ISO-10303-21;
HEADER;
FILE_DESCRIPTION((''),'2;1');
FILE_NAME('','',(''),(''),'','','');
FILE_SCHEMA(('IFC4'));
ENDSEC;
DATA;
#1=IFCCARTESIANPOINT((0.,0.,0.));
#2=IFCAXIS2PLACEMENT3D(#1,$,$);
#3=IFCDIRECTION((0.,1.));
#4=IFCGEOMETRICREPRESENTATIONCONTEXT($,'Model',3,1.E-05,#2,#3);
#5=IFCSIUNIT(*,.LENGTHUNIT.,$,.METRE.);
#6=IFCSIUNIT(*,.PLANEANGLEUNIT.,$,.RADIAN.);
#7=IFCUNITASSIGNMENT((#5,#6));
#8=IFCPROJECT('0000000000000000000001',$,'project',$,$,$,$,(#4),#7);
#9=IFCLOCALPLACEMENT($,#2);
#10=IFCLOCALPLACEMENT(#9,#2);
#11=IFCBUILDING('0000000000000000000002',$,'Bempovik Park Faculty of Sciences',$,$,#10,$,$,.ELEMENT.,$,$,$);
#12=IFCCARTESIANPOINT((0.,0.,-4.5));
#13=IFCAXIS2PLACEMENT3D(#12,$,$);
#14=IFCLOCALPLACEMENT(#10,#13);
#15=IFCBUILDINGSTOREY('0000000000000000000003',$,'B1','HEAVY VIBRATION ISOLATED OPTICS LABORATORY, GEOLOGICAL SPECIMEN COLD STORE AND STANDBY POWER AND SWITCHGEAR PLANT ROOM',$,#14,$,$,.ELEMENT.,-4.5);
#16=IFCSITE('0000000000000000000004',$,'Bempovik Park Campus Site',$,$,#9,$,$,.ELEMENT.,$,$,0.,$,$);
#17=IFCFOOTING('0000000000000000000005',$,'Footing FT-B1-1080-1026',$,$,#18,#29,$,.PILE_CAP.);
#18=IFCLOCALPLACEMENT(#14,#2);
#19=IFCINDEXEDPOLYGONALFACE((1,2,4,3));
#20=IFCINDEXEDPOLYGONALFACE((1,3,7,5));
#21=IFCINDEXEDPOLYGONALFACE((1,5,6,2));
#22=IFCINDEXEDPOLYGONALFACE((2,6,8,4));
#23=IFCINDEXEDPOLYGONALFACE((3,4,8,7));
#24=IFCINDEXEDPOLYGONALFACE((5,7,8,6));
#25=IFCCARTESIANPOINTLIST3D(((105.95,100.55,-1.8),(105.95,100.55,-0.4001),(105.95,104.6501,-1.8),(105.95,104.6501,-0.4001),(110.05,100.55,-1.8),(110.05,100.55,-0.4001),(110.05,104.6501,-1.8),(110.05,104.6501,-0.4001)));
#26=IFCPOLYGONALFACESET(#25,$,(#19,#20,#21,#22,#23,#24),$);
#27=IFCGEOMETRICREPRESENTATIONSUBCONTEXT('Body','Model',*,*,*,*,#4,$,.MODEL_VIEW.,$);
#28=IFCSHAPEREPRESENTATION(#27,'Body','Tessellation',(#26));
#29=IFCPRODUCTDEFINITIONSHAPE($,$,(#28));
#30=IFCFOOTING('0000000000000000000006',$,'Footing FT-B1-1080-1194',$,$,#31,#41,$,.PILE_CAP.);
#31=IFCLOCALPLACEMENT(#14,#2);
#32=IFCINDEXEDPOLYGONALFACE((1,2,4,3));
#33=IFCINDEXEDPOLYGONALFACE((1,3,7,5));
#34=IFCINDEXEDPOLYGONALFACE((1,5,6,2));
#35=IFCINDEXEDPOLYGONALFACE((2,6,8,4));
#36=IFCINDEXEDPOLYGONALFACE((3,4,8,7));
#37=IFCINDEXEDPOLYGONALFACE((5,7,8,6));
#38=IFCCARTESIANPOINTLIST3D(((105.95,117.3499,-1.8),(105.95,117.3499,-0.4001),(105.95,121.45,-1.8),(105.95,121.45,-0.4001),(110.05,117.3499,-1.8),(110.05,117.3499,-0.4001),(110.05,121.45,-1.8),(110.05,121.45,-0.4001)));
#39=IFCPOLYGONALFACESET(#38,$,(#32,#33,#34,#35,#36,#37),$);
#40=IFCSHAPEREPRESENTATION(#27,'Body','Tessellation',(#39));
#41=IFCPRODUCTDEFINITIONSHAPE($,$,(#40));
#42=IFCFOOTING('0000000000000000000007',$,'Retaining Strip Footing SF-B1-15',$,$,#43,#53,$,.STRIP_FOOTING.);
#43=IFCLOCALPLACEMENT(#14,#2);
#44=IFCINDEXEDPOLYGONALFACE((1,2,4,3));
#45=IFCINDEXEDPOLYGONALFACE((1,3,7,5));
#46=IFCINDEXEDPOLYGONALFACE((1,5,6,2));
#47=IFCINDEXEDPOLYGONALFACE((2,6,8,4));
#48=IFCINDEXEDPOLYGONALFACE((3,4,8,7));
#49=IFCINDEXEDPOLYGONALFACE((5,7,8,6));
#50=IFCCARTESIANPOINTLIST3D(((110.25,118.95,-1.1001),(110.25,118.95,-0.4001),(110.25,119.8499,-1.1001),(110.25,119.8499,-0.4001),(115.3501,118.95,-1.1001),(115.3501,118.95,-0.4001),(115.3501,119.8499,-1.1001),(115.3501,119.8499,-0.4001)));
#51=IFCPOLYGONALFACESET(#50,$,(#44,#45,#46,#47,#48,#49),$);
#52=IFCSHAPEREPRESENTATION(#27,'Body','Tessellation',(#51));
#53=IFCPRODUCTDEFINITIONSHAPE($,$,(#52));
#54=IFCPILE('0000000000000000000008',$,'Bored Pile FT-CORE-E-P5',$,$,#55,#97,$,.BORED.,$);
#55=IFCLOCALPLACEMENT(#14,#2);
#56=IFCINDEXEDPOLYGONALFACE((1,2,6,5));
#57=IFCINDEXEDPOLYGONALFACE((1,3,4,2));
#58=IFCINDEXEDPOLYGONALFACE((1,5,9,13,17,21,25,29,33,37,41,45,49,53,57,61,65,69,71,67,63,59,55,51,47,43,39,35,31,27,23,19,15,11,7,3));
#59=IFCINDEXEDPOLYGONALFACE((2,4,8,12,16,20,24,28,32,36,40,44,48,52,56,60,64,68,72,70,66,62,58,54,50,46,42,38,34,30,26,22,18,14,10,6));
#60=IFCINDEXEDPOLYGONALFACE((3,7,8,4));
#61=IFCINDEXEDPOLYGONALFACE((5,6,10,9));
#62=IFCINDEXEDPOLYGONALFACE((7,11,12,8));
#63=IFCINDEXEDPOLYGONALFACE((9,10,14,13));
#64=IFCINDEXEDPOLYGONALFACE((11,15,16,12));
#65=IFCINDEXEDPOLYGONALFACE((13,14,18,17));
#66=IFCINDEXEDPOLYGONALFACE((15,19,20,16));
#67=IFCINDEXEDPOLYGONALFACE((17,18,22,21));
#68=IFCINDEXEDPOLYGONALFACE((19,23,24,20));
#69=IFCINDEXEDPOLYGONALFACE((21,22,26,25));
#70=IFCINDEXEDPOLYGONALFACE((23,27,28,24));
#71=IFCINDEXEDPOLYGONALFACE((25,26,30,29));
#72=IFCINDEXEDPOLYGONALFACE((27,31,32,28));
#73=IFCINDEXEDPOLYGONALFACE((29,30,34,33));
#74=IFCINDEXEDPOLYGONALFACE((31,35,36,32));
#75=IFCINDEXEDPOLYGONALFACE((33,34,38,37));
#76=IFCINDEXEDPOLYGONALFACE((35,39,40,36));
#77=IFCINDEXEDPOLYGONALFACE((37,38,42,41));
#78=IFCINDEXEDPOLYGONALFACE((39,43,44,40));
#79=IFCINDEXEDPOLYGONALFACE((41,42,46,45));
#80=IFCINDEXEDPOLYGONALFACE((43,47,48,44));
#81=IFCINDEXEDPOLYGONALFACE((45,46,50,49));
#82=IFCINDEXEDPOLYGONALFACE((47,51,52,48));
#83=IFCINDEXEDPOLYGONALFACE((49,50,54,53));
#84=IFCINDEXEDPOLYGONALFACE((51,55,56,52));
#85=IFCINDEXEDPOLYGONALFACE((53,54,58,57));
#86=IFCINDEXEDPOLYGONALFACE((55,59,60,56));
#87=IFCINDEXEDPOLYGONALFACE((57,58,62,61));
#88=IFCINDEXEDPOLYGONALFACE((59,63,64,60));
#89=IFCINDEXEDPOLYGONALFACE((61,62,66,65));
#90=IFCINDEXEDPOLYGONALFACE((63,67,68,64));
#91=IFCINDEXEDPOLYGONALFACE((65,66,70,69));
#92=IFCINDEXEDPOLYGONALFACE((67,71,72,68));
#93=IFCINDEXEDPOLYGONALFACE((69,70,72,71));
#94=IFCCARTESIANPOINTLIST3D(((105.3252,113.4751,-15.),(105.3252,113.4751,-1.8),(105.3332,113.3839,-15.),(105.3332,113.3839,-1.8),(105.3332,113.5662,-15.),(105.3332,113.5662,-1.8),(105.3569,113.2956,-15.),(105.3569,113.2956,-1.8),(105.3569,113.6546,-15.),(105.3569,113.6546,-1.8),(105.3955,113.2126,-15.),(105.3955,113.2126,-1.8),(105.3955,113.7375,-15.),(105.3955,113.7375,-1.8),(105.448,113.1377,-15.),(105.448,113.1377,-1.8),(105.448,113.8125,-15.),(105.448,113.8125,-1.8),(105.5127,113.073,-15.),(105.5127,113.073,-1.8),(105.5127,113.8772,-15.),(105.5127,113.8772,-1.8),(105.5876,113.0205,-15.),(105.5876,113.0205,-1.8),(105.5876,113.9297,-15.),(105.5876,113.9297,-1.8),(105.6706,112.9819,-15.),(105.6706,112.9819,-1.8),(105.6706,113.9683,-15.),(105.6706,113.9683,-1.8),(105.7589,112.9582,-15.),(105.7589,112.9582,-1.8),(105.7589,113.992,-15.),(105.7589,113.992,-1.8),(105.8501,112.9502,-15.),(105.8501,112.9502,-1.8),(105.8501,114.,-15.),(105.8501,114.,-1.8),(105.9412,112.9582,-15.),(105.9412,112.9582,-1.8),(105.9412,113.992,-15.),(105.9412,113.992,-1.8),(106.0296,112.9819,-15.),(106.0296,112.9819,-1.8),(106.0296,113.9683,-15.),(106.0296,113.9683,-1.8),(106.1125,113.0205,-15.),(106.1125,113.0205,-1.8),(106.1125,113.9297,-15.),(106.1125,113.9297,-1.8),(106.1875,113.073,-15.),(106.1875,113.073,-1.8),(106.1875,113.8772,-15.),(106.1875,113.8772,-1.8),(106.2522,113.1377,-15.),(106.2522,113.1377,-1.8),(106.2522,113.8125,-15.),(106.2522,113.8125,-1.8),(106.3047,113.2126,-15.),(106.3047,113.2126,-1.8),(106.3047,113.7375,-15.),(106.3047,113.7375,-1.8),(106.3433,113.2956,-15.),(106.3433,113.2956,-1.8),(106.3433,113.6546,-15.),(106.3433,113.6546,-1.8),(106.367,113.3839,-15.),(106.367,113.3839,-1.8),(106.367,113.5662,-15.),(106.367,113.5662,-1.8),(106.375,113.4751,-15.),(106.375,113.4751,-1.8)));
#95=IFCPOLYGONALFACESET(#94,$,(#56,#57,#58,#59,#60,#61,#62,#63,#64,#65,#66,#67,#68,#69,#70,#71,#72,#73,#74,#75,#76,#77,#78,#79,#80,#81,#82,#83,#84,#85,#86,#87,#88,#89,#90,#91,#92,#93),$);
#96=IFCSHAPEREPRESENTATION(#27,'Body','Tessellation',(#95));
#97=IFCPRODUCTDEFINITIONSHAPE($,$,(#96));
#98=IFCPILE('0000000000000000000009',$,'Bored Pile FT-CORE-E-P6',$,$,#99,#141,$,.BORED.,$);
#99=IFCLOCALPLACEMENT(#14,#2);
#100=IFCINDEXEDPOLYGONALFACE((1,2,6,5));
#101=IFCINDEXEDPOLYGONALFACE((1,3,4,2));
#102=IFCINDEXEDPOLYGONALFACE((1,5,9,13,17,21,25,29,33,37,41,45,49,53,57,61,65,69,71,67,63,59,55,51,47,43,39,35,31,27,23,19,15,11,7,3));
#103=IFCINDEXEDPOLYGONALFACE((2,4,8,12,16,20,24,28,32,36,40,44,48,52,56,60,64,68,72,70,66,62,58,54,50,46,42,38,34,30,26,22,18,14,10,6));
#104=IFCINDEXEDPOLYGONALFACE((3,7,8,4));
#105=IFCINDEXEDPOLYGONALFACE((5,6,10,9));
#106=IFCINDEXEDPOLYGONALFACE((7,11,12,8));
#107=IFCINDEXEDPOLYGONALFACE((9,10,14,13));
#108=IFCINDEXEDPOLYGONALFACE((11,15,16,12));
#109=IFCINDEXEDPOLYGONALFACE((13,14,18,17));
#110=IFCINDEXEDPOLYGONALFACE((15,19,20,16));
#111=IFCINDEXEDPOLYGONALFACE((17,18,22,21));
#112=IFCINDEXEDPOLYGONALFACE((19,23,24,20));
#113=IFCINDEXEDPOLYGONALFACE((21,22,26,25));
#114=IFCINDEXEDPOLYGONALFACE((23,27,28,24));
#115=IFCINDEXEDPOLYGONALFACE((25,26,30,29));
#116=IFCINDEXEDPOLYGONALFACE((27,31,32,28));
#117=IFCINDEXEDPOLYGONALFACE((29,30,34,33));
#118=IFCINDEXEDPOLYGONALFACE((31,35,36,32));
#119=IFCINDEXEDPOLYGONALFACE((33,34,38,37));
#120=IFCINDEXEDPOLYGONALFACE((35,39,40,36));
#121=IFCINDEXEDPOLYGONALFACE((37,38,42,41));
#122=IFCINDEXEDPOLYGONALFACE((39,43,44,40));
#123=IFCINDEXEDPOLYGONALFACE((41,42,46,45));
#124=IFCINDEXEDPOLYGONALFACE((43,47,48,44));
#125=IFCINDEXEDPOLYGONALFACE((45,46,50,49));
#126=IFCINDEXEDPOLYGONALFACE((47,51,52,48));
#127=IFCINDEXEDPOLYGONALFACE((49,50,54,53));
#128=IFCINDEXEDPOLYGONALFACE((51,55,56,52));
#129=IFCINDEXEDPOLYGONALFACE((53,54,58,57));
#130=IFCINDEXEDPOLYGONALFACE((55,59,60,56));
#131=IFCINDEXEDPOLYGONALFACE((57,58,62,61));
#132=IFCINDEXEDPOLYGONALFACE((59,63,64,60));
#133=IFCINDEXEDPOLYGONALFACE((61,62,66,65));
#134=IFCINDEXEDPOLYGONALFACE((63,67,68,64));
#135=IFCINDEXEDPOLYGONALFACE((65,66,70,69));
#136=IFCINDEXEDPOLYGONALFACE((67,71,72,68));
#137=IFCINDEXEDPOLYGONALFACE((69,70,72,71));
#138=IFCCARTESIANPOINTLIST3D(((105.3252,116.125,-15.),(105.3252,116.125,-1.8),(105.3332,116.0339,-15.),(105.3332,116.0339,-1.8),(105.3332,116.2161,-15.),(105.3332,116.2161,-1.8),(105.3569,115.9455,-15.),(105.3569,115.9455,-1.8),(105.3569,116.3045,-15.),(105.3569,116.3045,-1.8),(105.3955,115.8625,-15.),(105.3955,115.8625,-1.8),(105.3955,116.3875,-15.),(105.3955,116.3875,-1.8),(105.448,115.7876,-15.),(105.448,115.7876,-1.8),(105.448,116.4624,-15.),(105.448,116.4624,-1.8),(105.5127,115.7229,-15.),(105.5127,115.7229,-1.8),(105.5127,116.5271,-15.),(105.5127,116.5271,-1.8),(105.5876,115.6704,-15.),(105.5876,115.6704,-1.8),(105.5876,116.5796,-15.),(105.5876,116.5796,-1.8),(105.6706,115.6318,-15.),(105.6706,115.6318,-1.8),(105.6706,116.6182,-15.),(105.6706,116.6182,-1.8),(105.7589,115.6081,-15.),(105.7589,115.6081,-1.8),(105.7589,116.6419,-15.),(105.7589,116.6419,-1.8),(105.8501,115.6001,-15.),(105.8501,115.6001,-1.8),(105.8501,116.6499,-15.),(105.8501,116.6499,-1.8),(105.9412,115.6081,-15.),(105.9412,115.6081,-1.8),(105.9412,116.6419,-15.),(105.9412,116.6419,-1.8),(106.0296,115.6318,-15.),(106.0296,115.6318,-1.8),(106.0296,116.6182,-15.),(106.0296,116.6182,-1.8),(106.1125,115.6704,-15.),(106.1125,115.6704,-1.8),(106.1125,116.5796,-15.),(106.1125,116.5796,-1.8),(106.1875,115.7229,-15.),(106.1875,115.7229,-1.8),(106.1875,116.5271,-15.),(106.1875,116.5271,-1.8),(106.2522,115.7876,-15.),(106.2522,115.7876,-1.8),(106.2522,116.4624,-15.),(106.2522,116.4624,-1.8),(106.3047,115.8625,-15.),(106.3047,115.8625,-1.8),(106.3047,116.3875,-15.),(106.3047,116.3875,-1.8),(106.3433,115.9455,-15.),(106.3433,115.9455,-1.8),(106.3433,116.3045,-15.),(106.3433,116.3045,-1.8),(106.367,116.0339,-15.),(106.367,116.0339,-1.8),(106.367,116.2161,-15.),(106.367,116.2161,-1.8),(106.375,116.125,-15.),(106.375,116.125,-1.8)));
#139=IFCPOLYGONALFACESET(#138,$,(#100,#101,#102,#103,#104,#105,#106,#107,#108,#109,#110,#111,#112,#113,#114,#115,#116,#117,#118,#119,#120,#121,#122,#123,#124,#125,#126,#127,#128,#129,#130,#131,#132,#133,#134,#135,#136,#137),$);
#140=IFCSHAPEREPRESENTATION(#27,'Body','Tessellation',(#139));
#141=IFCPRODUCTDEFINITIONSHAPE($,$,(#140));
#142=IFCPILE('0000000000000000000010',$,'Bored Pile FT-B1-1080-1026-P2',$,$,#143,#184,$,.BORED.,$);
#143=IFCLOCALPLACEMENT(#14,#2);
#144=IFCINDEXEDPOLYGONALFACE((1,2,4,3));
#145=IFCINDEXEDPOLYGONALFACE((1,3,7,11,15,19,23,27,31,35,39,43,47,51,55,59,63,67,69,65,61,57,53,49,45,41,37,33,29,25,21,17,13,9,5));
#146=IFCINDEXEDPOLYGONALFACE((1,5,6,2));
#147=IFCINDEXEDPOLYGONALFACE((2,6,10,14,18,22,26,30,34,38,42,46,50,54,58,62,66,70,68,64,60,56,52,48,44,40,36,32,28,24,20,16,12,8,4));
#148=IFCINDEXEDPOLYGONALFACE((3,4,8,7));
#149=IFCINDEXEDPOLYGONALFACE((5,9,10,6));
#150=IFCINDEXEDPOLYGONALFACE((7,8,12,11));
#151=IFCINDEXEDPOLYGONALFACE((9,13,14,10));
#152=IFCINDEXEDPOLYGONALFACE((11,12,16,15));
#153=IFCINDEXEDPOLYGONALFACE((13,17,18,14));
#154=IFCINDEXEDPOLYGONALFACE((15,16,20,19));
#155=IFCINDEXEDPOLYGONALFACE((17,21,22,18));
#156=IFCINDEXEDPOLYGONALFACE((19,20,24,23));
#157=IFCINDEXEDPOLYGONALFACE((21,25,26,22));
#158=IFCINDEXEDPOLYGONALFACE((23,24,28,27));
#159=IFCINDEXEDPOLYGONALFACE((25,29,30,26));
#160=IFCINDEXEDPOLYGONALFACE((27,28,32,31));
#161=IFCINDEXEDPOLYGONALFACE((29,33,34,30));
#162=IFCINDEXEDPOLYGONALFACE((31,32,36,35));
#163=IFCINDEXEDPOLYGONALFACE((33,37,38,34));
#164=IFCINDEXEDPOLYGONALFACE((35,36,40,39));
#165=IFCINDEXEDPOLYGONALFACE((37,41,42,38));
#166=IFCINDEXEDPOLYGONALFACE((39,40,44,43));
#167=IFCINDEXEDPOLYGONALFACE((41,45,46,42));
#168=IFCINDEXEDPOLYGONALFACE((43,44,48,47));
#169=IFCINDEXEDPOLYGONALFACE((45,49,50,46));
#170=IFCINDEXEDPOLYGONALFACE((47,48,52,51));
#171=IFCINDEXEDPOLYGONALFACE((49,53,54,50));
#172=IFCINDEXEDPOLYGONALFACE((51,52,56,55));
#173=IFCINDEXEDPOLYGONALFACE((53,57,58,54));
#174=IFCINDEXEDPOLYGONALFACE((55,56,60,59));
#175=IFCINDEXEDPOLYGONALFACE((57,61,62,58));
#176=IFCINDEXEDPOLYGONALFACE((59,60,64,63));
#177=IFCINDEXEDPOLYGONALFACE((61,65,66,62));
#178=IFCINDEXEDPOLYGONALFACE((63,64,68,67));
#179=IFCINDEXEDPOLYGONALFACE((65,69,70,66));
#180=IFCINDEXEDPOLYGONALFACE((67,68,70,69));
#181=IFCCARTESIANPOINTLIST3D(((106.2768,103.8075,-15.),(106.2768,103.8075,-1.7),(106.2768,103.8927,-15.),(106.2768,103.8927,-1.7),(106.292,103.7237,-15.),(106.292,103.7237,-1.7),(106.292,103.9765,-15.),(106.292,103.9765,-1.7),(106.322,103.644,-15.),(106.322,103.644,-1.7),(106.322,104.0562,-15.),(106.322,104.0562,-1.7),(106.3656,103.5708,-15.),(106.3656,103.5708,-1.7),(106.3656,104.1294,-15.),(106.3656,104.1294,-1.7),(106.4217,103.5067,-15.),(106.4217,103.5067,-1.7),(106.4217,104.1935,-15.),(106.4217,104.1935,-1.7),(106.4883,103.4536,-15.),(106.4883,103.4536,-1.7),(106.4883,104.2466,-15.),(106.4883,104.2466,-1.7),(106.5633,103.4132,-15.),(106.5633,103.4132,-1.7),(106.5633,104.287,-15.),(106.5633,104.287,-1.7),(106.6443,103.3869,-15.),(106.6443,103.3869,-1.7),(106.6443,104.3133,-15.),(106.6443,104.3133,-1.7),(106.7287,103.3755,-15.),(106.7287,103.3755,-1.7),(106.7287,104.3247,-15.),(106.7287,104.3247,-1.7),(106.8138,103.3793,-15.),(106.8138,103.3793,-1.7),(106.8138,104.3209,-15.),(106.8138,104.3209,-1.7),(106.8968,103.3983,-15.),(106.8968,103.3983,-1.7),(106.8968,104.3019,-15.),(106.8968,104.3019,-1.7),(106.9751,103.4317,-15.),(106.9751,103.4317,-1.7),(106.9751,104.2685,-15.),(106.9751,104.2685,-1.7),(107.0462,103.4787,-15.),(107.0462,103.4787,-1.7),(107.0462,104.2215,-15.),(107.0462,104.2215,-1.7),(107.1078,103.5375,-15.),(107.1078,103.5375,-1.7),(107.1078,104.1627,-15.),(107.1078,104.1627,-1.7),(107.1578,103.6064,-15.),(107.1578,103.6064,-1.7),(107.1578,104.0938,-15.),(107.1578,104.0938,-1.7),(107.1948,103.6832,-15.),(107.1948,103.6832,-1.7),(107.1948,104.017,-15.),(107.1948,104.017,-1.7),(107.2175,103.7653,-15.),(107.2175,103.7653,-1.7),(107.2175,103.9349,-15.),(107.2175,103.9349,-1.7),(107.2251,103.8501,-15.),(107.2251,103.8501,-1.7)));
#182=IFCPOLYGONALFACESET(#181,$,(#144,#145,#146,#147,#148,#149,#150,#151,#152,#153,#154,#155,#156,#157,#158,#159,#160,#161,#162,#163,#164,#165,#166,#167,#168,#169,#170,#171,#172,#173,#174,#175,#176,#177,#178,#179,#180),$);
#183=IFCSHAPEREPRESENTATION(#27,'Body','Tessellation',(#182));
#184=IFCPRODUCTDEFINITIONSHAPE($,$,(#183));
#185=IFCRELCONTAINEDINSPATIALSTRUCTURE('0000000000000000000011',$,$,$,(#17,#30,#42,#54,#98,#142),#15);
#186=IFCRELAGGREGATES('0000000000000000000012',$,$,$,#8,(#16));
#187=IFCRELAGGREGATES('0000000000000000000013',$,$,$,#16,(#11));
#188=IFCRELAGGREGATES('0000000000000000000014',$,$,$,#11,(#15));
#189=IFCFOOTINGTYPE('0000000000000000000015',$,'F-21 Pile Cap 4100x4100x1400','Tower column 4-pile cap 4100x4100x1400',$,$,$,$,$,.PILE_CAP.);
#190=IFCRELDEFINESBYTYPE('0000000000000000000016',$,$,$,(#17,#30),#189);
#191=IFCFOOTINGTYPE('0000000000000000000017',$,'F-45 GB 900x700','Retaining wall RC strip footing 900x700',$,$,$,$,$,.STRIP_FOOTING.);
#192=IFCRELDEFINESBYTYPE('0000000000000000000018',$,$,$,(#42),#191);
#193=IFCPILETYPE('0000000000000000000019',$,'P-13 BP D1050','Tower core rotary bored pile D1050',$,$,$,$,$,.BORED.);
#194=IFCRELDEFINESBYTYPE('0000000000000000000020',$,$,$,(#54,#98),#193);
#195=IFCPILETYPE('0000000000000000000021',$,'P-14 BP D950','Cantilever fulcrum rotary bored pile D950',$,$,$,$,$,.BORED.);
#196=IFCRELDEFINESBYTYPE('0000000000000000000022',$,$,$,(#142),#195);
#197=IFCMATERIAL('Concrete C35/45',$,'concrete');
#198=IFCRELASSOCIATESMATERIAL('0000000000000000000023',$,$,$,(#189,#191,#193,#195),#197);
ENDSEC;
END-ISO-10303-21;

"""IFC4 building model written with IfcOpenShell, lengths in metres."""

from ifc_helpers import new_model, si_unit, direction, frame, origin, origin_2d, place, context, subcontext, project, spatial, rectangle, circle, extrude, material, material_profile, profile_set, type_object, element, save


model = new_model("IFC4")

# Units and contexts
model_context = context("Model", 3, precision=1e-05, world=origin(), true_north=direction((0.0, 1.0)))
body_context = subcontext(model_context, "Body", "Model", "MODEL_VIEW")
ifc_project = project(units=[si_unit("LENGTHUNIT", "METRE"), si_unit("PLANEANGLEUNIT", "RADIAN")], contexts=[model_context])

# Site, building, storey
site_placement = place(None, origin())
site = spatial("IfcSite", under=ifc_project, at=site_placement, Name="Bempovik Park Campus Site", CompositionType="ELEMENT", RefElevation=0.0)
building_placement = place(site_placement, origin())
building = spatial("IfcBuilding", under=site, at=building_placement, Name="Bempovik Park Faculty of Sciences", CompositionType="ELEMENT")
storey_placement = place(building_placement, frame((0.0, 0.0, -4.5)))
storey = spatial("IfcBuildingStorey", under=building, at=storey_placement, Name="B1", Description="HEAVY VIBRATION ISOLATED OPTICS LABORATORY, GEOLOGICAL SPECIMEN COLD STORE AND STANDBY POWER AND SWITCHGEAR PLANT ROOM", CompositionType="ELEMENT", Elevation=-4.5)

# Footings
ifc_material_1 = material(Name="Concrete C35/45", Category="concrete")
footing_type_1 = type_object("IfcFootingType", Name="F-21 Pile Cap 4100x4100x1400", Description="Tower column 4-pile cap 4100x4100x1400", PredefinedType="PILE_CAP", material=ifc_material_1)
for number, where, z_axis, x_axis, name in (
    (1, (108.0, 102.6001, -1.8), (0.0, 0.0, 1.0), (1.0, 0.0, 0.0), "Footing FT-B1-1080-1026"),
    (2, (108.0, 119.3999, -1.8), (0.0, 0.0, 1.0), (1.0, 0.0, 0.0), "Footing FT-B1-1080-1194"),
):
    element("IfcFooting", number, at=place(storey_placement, frame(where, z_axis=z_axis, x_axis=x_axis)), inside=storey, type_object=footing_type_1, Name=name, PredefinedType="PILE_CAP", context=body_context, shape_type="SweptSolid", body=[
        extrude(rectangle(XDim=4.1001, YDim=4.1001, at=origin_2d()), origin(), (0.0, 0.0, 1.0), 1.3999),
    ])
footing_type_2 = type_object("IfcFootingType", Name="F-45 GB 900x700", Description="Retaining wall RC strip footing 900x700", PredefinedType="STRIP_FOOTING", material=ifc_material_1)
footing_placement = place(storey_placement, frame((112.8, 119.3999, -1.1001), z_axis=(0.0, 0.0, 1.0), x_axis=(1.0, 0.0, 0.0)))
element("IfcFooting", 3, at=footing_placement, inside=storey, type_object=footing_type_2, Name="Retaining Strip Footing SF-B1-15", PredefinedType="STRIP_FOOTING", context=body_context, shape_type="SweptSolid", body=[
    extrude(rectangle(XDim=5.1001, YDim=0.8999, at=origin_2d()), origin(), (0.0, 0.0, 1.0), 0.7),
])

# Piles
ifc_material_profile_1 = material_profile(ifc_material_1, circle(Radius=0.5249, at=origin_2d()), Name="BP D1050")
ifc_profile_set_1 = profile_set([ifc_material_profile_1], Name="Concrete C35/45")
pile_type_1 = type_object("IfcPileType", Name="P-13 BP D1050", Description="Tower core rotary bored pile D1050", PredefinedType="BORED", material=ifc_profile_set_1)
for number, where, z_axis, x_axis, name in (
    (4, (105.8501, 113.4751, -1.8), (0.0, 0.0, -1.0), (1.0, 0.0, 0.0), "Bored Pile FT-CORE-E-P5"),
    (5, (105.8501, 116.125, -1.8), (0.0, 0.0, -1.0), (1.0, 0.0, 0.0), "Bored Pile FT-CORE-E-P6"),
):
    element("IfcPile", number, at=place(storey_placement, frame(where, z_axis=z_axis, x_axis=x_axis)), inside=storey, type_object=pile_type_1, Name=name, PredefinedType="BORED", context=body_context, shape_type="SweptSolid", body=[
        extrude(circle(Radius=0.5249, at=origin_2d()), origin(), (0.0, 0.0, 1.0), 13.2),
    ])
ifc_material_profile_2 = material_profile(ifc_material_1, circle(Radius=0.4751, at=origin_2d()), Name="BP D950")
ifc_profile_set_2 = profile_set([ifc_material_profile_2], Name="Concrete C35/45")
pile_type_2 = type_object("IfcPileType", Name="P-14 BP D950", Description="Cantilever fulcrum rotary bored pile D950", PredefinedType="BORED", material=ifc_profile_set_2)
for number, where, z_axis, x_axis, name in (
    (6, (106.75, 103.8501, -1.7), (0.0, 0.0, -1.0), (1.0, 0.0, 0.0), "Bored Pile FT-B1-1080-1026-P2"),
):
    element("IfcPile", number, at=place(storey_placement, frame(where, z_axis=z_axis, x_axis=x_axis)), inside=storey, type_object=pile_type_2, Name=name, PredefinedType="BORED", context=body_context, shape_type="SweptSolid", body=[
        extrude(circle(Radius=0.4751, at=origin_2d()), origin(), (0.0, 0.0, 1.0), 13.3),
    ])

save(model, "model.ifc")
